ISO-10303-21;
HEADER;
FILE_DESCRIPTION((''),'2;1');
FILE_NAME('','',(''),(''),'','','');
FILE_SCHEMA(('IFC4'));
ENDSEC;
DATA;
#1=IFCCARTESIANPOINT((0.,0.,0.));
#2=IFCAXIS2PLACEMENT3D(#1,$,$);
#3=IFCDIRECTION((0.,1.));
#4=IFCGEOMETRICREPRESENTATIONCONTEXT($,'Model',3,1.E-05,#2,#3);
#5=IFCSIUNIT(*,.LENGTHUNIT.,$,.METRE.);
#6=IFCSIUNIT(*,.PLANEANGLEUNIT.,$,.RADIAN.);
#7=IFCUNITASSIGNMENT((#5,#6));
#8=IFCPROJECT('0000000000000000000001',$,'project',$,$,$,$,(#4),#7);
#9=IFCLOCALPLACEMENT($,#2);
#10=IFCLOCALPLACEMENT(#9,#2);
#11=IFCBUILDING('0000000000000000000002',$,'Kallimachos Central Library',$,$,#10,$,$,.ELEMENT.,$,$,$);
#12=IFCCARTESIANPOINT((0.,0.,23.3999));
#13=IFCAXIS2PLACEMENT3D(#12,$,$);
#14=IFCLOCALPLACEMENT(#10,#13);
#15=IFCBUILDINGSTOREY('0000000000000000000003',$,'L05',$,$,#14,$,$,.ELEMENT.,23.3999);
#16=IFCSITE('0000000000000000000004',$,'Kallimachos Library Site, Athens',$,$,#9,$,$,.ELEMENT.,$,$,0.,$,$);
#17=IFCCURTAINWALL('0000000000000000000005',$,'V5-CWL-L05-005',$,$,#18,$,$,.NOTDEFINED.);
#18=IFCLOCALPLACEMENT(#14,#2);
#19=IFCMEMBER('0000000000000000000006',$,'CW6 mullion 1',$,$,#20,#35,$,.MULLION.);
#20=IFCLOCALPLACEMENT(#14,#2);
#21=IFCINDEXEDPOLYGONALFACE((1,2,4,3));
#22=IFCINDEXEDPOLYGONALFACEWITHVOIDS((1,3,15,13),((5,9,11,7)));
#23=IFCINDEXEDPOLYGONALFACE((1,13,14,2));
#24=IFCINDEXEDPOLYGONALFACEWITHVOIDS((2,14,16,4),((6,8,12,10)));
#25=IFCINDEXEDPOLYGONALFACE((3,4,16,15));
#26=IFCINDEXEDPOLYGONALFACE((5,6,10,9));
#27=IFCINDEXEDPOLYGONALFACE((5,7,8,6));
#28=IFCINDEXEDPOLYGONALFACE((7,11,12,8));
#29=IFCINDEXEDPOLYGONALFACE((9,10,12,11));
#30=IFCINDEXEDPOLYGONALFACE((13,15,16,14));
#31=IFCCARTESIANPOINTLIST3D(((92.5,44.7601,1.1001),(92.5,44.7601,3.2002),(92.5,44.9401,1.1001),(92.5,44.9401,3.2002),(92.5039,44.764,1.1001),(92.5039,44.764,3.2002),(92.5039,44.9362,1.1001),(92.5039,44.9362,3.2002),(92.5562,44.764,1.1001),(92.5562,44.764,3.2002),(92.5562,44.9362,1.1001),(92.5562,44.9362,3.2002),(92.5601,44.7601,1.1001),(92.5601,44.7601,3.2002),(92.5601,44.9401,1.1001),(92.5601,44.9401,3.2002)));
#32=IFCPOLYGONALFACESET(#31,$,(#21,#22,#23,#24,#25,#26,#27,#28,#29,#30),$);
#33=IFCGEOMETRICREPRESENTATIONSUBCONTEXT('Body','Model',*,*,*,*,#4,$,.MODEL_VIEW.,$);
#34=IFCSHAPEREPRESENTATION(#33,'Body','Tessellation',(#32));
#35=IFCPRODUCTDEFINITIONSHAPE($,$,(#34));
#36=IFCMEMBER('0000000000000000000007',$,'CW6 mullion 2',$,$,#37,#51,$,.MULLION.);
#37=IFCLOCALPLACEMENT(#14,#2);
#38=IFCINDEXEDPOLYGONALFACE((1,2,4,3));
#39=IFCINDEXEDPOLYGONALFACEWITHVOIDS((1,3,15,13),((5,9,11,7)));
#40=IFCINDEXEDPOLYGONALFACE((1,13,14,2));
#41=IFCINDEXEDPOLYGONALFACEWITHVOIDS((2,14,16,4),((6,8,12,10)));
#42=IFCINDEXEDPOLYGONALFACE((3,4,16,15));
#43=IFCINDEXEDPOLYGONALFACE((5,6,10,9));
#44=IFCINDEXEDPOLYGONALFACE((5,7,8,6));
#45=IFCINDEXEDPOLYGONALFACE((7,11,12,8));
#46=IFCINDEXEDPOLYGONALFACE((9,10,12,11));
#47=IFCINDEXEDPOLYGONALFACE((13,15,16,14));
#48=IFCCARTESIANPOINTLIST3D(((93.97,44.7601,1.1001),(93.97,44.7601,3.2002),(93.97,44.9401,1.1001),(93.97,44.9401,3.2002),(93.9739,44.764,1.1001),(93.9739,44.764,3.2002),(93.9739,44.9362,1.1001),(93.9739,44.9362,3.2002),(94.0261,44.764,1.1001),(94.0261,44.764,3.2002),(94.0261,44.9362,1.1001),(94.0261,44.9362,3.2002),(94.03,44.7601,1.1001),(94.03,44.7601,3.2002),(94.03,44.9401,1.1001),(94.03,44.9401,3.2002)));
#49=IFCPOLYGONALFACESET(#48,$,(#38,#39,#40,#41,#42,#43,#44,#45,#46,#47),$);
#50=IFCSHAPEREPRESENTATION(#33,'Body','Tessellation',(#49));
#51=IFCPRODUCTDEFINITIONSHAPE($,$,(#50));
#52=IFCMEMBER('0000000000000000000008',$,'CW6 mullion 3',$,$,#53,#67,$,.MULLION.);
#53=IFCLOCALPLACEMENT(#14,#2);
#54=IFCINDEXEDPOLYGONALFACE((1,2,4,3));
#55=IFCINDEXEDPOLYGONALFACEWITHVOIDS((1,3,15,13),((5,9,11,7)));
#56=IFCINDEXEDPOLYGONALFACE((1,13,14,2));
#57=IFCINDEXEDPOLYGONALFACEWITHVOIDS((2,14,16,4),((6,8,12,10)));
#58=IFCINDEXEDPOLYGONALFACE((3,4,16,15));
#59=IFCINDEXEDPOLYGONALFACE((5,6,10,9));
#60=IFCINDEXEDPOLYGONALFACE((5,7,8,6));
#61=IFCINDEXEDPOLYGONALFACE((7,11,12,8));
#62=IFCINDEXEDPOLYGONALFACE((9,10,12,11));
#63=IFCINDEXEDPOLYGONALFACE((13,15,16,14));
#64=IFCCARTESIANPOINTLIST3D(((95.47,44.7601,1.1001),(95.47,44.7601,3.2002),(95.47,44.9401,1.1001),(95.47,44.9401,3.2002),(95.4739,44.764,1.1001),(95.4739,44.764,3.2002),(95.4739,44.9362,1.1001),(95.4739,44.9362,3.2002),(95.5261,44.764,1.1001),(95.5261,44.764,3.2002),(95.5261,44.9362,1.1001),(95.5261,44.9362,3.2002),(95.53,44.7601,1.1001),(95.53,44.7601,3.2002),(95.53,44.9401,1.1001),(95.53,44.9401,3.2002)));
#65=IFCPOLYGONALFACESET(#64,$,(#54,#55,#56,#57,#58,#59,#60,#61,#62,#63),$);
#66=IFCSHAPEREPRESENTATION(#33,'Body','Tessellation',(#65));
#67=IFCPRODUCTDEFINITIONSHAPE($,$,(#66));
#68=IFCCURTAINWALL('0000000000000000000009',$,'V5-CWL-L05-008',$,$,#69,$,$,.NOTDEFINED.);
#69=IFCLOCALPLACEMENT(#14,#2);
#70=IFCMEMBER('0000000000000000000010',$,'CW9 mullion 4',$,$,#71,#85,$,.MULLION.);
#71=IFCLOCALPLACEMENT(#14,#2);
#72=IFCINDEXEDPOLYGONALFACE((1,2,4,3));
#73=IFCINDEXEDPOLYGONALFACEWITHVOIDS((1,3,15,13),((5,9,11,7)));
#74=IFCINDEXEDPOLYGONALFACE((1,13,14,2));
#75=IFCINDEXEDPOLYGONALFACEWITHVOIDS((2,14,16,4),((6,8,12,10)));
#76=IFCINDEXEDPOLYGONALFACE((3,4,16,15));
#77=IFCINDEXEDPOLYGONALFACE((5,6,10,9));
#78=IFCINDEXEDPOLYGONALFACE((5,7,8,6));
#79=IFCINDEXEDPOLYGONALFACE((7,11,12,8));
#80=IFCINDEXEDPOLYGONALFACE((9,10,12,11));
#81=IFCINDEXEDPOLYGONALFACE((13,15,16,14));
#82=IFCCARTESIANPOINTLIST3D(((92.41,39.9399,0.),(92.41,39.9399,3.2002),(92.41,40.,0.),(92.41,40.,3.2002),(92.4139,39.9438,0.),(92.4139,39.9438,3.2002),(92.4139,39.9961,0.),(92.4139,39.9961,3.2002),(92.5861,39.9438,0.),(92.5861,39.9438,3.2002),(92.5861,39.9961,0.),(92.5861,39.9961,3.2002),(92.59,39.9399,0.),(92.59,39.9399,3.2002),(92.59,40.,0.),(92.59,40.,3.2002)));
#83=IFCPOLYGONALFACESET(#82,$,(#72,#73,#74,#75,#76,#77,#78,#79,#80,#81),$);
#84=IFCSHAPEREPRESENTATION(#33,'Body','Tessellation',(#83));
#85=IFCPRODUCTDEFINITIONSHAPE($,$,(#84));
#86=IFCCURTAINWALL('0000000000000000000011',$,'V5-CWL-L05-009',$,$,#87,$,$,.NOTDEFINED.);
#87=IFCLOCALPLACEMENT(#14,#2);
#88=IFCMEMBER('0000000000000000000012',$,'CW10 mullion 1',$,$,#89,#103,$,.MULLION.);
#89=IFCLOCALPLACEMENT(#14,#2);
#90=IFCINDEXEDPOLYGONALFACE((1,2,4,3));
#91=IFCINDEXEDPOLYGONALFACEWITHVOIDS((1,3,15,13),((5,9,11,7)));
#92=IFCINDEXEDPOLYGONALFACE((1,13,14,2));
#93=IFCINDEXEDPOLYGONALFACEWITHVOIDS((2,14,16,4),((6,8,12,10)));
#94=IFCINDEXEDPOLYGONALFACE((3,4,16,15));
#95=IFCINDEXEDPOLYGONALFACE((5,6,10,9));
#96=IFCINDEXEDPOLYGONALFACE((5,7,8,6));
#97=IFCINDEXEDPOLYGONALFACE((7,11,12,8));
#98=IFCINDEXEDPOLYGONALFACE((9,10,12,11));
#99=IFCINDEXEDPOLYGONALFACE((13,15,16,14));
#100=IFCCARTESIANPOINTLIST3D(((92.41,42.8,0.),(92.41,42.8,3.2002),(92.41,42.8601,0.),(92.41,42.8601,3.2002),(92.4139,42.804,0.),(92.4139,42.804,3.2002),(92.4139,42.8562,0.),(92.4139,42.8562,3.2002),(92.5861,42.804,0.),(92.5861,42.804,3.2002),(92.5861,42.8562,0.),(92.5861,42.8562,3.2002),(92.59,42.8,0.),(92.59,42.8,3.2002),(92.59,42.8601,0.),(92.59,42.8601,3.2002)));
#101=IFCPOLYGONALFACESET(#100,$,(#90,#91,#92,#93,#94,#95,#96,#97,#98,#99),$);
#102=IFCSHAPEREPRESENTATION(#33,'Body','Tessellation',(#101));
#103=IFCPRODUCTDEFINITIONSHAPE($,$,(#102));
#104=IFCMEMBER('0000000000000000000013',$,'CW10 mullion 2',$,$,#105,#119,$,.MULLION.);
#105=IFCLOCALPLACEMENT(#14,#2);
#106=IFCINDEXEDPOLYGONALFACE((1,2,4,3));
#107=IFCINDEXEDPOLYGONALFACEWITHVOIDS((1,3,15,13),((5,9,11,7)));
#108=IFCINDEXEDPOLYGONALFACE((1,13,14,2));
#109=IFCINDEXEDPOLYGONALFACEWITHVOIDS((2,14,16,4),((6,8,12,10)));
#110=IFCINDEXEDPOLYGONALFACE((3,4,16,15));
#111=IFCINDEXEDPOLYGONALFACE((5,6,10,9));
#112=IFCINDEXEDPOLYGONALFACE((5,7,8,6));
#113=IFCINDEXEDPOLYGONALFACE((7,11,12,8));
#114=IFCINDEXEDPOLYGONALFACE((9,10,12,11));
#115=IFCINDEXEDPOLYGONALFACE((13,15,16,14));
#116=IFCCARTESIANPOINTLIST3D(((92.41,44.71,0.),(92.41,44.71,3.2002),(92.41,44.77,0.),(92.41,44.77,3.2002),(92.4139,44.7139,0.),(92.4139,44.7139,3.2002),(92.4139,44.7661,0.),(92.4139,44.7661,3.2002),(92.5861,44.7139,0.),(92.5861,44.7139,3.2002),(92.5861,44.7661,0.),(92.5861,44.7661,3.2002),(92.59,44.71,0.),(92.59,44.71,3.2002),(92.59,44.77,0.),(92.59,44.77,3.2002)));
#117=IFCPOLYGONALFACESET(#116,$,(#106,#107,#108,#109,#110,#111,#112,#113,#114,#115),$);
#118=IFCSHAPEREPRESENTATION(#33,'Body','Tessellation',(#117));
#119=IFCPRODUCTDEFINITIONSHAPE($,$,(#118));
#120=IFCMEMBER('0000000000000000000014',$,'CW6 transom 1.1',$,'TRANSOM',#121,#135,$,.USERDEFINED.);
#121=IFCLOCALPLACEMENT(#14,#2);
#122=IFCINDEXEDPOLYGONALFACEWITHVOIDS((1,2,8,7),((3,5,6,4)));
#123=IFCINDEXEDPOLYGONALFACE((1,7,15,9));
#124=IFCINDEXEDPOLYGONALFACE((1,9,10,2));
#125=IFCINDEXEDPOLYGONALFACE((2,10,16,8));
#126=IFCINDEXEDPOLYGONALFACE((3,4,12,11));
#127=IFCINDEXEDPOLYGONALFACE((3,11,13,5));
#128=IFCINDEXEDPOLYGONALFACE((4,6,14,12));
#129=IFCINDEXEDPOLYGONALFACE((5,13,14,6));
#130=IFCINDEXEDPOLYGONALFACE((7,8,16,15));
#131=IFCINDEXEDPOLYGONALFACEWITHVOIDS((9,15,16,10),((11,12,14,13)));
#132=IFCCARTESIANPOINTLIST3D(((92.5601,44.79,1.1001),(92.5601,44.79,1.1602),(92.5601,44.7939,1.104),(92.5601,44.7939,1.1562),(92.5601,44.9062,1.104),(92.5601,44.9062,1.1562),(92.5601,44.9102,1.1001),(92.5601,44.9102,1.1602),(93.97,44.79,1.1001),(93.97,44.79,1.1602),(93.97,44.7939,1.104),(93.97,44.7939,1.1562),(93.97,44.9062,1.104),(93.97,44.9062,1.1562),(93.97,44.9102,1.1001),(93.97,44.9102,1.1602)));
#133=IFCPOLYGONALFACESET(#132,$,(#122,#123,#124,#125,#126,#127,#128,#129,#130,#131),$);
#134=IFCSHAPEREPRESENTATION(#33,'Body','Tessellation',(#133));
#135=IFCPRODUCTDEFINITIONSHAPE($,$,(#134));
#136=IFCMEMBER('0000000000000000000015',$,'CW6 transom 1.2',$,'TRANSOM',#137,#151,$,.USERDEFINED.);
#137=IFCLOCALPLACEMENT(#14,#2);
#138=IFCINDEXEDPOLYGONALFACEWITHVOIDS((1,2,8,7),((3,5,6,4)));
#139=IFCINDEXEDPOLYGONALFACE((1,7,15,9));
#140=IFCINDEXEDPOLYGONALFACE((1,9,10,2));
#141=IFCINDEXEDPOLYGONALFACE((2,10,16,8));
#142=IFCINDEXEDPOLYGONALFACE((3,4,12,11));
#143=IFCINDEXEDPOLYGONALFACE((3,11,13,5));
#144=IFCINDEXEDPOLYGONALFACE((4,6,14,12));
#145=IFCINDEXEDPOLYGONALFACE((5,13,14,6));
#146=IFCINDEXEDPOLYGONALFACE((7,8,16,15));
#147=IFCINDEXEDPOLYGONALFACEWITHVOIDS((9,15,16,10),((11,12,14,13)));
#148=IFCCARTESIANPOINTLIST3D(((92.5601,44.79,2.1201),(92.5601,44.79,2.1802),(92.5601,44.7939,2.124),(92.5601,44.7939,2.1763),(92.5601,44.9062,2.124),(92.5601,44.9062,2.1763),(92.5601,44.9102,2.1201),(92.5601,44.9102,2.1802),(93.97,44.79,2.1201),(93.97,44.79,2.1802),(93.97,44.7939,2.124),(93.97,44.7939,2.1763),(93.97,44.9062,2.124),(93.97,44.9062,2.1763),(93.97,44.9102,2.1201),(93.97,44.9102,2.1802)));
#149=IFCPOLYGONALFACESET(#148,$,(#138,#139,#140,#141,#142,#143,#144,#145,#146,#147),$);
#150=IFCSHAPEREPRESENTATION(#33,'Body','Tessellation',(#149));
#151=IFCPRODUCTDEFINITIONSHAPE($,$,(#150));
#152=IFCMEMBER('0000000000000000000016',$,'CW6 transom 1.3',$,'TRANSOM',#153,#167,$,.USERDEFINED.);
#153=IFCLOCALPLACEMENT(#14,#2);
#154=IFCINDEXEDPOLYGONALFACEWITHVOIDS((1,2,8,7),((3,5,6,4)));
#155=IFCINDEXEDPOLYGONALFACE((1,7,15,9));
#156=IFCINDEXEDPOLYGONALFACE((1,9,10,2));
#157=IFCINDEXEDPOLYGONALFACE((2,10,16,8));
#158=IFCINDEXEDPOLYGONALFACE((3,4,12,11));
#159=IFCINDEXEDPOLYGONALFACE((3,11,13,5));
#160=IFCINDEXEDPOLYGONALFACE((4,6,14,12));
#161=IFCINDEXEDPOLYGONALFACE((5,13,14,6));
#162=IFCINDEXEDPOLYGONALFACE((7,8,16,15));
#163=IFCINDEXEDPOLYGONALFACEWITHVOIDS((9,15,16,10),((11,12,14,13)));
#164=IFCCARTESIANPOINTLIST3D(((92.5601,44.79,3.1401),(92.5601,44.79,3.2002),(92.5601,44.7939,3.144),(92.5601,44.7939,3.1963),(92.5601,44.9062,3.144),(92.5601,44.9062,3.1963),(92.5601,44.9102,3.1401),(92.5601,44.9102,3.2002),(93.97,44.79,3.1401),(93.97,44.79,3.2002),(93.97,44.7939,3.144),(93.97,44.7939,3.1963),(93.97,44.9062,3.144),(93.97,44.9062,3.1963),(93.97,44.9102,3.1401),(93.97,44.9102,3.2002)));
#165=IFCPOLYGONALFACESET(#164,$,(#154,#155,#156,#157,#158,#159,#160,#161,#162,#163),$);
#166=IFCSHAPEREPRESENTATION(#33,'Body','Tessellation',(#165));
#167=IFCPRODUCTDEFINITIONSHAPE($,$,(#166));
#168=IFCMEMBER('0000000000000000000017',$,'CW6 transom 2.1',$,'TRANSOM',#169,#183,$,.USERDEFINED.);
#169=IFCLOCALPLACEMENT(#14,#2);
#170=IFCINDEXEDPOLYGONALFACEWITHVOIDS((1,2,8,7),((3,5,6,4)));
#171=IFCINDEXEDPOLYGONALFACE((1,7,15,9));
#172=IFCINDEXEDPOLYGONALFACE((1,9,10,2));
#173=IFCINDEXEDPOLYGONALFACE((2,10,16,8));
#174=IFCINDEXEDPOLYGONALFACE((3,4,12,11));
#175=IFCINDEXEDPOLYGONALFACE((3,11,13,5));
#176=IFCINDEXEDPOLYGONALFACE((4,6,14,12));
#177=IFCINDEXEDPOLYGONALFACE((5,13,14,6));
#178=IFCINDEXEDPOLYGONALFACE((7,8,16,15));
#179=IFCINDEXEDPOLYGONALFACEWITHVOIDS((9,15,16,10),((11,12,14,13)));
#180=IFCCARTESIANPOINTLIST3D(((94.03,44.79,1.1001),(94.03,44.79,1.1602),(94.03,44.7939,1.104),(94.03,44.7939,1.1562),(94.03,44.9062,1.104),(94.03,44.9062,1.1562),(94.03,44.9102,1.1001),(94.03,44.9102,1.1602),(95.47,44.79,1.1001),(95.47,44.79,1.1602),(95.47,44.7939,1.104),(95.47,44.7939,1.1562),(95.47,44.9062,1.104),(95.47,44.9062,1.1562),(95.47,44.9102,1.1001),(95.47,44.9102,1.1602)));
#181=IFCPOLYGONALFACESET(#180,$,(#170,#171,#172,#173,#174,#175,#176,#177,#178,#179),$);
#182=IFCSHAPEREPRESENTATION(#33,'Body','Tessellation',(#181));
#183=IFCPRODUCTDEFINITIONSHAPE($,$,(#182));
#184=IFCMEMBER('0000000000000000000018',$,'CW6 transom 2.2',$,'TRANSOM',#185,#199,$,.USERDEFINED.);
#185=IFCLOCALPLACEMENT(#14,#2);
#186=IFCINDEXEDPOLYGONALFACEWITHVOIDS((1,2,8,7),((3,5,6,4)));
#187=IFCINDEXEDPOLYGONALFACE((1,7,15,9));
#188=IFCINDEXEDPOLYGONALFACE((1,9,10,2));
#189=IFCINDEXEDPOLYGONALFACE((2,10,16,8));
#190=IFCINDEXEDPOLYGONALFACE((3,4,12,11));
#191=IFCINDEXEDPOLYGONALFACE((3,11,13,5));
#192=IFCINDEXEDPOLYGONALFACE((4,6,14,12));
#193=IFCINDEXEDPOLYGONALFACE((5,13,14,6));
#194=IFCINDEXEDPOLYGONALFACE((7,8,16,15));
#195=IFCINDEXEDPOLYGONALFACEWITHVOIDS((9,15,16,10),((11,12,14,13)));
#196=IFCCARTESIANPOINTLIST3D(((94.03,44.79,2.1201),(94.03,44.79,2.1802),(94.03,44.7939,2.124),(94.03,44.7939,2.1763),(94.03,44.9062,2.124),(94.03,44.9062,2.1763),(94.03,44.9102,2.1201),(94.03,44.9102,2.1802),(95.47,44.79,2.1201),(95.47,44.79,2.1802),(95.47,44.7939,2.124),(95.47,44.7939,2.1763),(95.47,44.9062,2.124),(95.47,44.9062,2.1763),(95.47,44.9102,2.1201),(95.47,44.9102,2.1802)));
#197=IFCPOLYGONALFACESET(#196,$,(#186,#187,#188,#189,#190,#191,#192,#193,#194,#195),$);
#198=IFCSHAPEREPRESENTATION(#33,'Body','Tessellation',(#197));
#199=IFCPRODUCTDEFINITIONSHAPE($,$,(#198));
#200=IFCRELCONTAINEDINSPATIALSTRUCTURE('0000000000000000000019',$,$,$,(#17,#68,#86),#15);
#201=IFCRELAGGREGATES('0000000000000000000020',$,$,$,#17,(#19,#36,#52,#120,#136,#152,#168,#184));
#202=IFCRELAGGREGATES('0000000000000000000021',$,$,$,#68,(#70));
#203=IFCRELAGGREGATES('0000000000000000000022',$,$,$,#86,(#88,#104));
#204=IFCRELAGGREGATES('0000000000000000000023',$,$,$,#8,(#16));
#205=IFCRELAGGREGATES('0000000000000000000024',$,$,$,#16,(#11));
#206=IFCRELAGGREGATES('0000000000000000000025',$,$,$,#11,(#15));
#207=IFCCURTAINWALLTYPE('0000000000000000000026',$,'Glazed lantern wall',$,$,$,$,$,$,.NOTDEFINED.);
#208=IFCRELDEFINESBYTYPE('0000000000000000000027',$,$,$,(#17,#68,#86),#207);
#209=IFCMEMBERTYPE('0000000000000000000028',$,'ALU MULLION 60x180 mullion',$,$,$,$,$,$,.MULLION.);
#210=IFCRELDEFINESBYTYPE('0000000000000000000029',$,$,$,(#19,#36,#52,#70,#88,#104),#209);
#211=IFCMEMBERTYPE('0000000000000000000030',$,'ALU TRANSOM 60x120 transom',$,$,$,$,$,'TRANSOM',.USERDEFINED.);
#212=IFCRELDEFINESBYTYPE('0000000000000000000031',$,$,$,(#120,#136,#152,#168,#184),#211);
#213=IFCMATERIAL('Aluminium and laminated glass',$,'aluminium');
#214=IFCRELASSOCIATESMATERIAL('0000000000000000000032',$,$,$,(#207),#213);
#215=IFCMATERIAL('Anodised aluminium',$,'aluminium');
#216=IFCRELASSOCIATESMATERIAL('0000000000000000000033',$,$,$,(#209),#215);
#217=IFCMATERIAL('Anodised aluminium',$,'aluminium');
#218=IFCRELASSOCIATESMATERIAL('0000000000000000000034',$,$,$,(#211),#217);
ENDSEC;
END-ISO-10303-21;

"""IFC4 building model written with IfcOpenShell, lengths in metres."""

from ifc_helpers import new_model, si_unit, direction, frame, origin, origin_2d, place, context, subcontext, project, spatial, hollow_rectangle, extrude, material, material_profile, profile_set, type_object, element, aggregate, save


model = new_model("IFC4")

# Units and contexts
model_context = context("Model", 3, precision=1e-05, world=origin(), true_north=direction((0.0, 1.0)))
body_context = subcontext(model_context, "Body", "Model", "MODEL_VIEW")
ifc_project = project(units=[si_unit("LENGTHUNIT", "METRE"), si_unit("PLANEANGLEUNIT", "RADIAN")], contexts=[model_context])

# Site, building, storey
site_placement = place(None, origin())
site = spatial("IfcSite", under=ifc_project, at=site_placement, Name="Kallimachos Library Site, Athens", CompositionType="ELEMENT", RefElevation=0.0)
building_placement = place(site_placement, origin())
building = spatial("IfcBuilding", under=site, at=building_placement, Name="Kallimachos Central Library", CompositionType="ELEMENT")
storey_placement = place(building_placement, frame((0.0, 0.0, 23.3999)))
storey = spatial("IfcBuildingStorey", under=building, at=storey_placement, Name="L05", CompositionType="ELEMENT", Elevation=23.3999)

# Curtain wall, members
ifc_material_1 = material(Name="Aluminium and laminated glass", Category="aluminium")
curtain_wall_type = type_object("IfcCurtainWallType", Name="Glazed lantern wall", PredefinedType="NOTDEFINED", material=ifc_material_1)
curtain_wall_1_placement = place(storey_placement, origin())
curtain_wall_1 = element("IfcCurtainWall", 1, at=curtain_wall_1_placement, inside=storey, type_object=curtain_wall_type, Name="V5-CWL-L05-005", PredefinedType="NOTDEFINED")
ifc_material_2 = material(Name="Anodised aluminium", Category="aluminium")
ifc_material_profile_1 = material_profile(ifc_material_2, hollow_rectangle(XDim=0.0601, YDim=0.1799, WallThickness=0.0039, at=origin_2d()), Name="ALU MULLION 60x180")
ifc_profile_set_1 = profile_set([ifc_material_profile_1], Name="Anodised aluminium")
member_type_1 = type_object("IfcMemberType", Name="ALU MULLION 60x180 mullion", PredefinedType="MULLION", material=ifc_profile_set_1)
member_1_placement = place(storey_placement, frame((92.53, 44.8501, 1.1001), z_axis=(0.0, 0.0, 1.0), x_axis=(1.0, 0.0, 0.0)))
member_1 = element("IfcMember", 2, at=member_1_placement, type_object=member_type_1, Name="CW6 mullion 1", PredefinedType="MULLION", context=body_context, shape_type="SweptSolid", body=[
    extrude(hollow_rectangle(XDim=0.0601, YDim=0.1799, WallThickness=0.0039, at=origin_2d()), origin(), (0.0, 0.0, 1.0), 2.1001),
])
member_2_placement = place(storey_placement, frame((94.0, 44.8501, 1.1001), z_axis=(0.0, 0.0, 1.0), x_axis=(1.0, 0.0, 0.0)))
member_2 = element("IfcMember", 3, at=member_2_placement, type_object=member_type_1, Name="CW6 mullion 2", PredefinedType="MULLION", context=body_context, shape_type="SweptSolid", body=[
    extrude(hollow_rectangle(XDim=0.0601, YDim=0.1799, WallThickness=0.0039, at=origin_2d()), origin(), (0.0, 0.0, 1.0), 2.1001),
])
member_3_placement = place(storey_placement, frame((95.5, 44.8501, 1.1001), z_axis=(0.0, 0.0, 1.0), x_axis=(1.0, 0.0, 0.0)))
member_3 = element("IfcMember", 4, at=member_3_placement, type_object=member_type_1, Name="CW6 mullion 3", PredefinedType="MULLION", context=body_context, shape_type="SweptSolid", body=[
    extrude(hollow_rectangle(XDim=0.0601, YDim=0.1799, WallThickness=0.0039, at=origin_2d()), origin(), (0.0, 0.0, 1.0), 2.1001),
])

# Curtain wall, member
curtain_wall_2_placement = place(storey_placement, origin())
curtain_wall_2 = element("IfcCurtainWall", 5, at=curtain_wall_2_placement, inside=storey, type_object=curtain_wall_type, Name="V5-CWL-L05-008", PredefinedType="NOTDEFINED")
member_4_placement = place(storey_placement, frame((92.5, 39.97, 0.0), z_axis=(0.0, 0.0, 1.0), x_axis=(0.0, 1.0, 0.0)))
member_4 = element("IfcMember", 6, at=member_4_placement, type_object=member_type_1, Name="CW9 mullion 4", PredefinedType="MULLION", context=body_context, shape_type="SweptSolid", body=[
    extrude(hollow_rectangle(XDim=0.0601, YDim=0.1799, WallThickness=0.0039, at=origin_2d()), origin(), (0.0, 0.0, 1.0), 3.2002),
])

# Curtain wall, members
curtain_wall_3_placement = place(storey_placement, origin())
curtain_wall_3 = element("IfcCurtainWall", 7, at=curtain_wall_3_placement, inside=storey, type_object=curtain_wall_type, Name="V5-CWL-L05-009", PredefinedType="NOTDEFINED")
member_5_placement = place(storey_placement, frame((92.5, 42.8301, 0.0), z_axis=(0.0, 0.0, 1.0), x_axis=(0.0, 1.0, 0.0)))
member_5 = element("IfcMember", 8, at=member_5_placement, type_object=member_type_1, Name="CW10 mullion 1", PredefinedType="MULLION", context=body_context, shape_type="SweptSolid", body=[
    extrude(hollow_rectangle(XDim=0.0601, YDim=0.1799, WallThickness=0.0039, at=origin_2d()), origin(), (0.0, 0.0, 1.0), 3.2002),
])
member_6_placement = place(storey_placement, frame((92.5, 44.74, 0.0), z_axis=(0.0, 0.0, 1.0), x_axis=(0.0, 1.0, 0.0)))
member_6 = element("IfcMember", 9, at=member_6_placement, type_object=member_type_1, Name="CW10 mullion 2", PredefinedType="MULLION", context=body_context, shape_type="SweptSolid", body=[
    extrude(hollow_rectangle(XDim=0.0601, YDim=0.1799, WallThickness=0.0039, at=origin_2d()), origin(), (0.0, 0.0, 1.0), 3.2002),
])

# Members
ifc_material_3 = material(Name="Anodised aluminium", Category="aluminium")
ifc_material_profile_2 = material_profile(ifc_material_3, hollow_rectangle(XDim=0.0601, YDim=0.1201, WallThickness=0.0039, at=origin_2d()), Name="ALU TRANSOM 60x120")
ifc_profile_set_2 = profile_set([ifc_material_profile_2], Name="Anodised aluminium")
member_type_2 = type_object("IfcMemberType", Name="ALU TRANSOM 60x120 transom", ElementType="TRANSOM", PredefinedType="USERDEFINED", material=ifc_profile_set_2)
member_7_placement = place(storey_placement, frame((92.5601, 44.8501, 1.1301), z_axis=(1.0, 0.0, 0.0), x_axis=(0.0, 0.0, 1.0)))
member_7 = element("IfcMember", 10, at=member_7_placement, type_object=member_type_2, Name="CW6 transom 1.1", ObjectType="TRANSOM", PredefinedType="USERDEFINED", context=body_context, shape_type="SweptSolid", body=[
    extrude(hollow_rectangle(XDim=0.0601, YDim=0.1201, WallThickness=0.0039, at=origin_2d()), origin(), (0.0, 0.0, 1.0), 1.4099),
])
member_8_placement = place(storey_placement, frame((92.5601, 44.8501, 2.1501), z_axis=(1.0, 0.0, 0.0), x_axis=(0.0, 0.0, 1.0)))
member_8 = element("IfcMember", 11, at=member_8_placement, type_object=member_type_2, Name="CW6 transom 1.2", ObjectType="TRANSOM", PredefinedType="USERDEFINED", context=body_context, shape_type="SweptSolid", body=[
    extrude(hollow_rectangle(XDim=0.0601, YDim=0.1201, WallThickness=0.0039, at=origin_2d()), origin(), (0.0, 0.0, 1.0), 1.4099),
])
member_9_placement = place(storey_placement, frame((92.5601, 44.8501, 3.1702), z_axis=(1.0, 0.0, 0.0), x_axis=(0.0, 0.0, 1.0)))
member_9 = element("IfcMember", 12, at=member_9_placement, type_object=member_type_2, Name="CW6 transom 1.3", ObjectType="TRANSOM", PredefinedType="USERDEFINED", context=body_context, shape_type="SweptSolid", body=[
    extrude(hollow_rectangle(XDim=0.0601, YDim=0.1201, WallThickness=0.0039, at=origin_2d()), origin(), (0.0, 0.0, 1.0), 1.4099),
])
member_10_placement = place(storey_placement, frame((94.03, 44.8501, 1.1301), z_axis=(1.0, 0.0, 0.0), x_axis=(0.0, 0.0, 1.0)))
member_10 = element("IfcMember", 13, at=member_10_placement, type_object=member_type_2, Name="CW6 transom 2.1", ObjectType="TRANSOM", PredefinedType="USERDEFINED", context=body_context, shape_type="SweptSolid", body=[
    extrude(hollow_rectangle(XDim=0.0601, YDim=0.1201, WallThickness=0.0039, at=origin_2d()), origin(), (0.0, 0.0, 1.0), 1.4399),
])
member_11_placement = place(storey_placement, frame((94.03, 44.8501, 2.1501), z_axis=(1.0, 0.0, 0.0), x_axis=(0.0, 0.0, 1.0)))
member_11 = element("IfcMember", 14, at=member_11_placement, type_object=member_type_2, Name="CW6 transom 2.2", ObjectType="TRANSOM", PredefinedType="USERDEFINED", context=body_context, shape_type="SweptSolid", body=[
    extrude(hollow_rectangle(XDim=0.0601, YDim=0.1201, WallThickness=0.0039, at=origin_2d()), origin(), (0.0, 0.0, 1.0), 1.4399),
])

aggregate(curtain_wall_1, [member_1, member_2, member_3, member_7, member_8, member_9, member_10, member_11])
aggregate(curtain_wall_2, [member_4])
aggregate(curtain_wall_3, [member_5, member_6])

save(model, "model.ifc")
